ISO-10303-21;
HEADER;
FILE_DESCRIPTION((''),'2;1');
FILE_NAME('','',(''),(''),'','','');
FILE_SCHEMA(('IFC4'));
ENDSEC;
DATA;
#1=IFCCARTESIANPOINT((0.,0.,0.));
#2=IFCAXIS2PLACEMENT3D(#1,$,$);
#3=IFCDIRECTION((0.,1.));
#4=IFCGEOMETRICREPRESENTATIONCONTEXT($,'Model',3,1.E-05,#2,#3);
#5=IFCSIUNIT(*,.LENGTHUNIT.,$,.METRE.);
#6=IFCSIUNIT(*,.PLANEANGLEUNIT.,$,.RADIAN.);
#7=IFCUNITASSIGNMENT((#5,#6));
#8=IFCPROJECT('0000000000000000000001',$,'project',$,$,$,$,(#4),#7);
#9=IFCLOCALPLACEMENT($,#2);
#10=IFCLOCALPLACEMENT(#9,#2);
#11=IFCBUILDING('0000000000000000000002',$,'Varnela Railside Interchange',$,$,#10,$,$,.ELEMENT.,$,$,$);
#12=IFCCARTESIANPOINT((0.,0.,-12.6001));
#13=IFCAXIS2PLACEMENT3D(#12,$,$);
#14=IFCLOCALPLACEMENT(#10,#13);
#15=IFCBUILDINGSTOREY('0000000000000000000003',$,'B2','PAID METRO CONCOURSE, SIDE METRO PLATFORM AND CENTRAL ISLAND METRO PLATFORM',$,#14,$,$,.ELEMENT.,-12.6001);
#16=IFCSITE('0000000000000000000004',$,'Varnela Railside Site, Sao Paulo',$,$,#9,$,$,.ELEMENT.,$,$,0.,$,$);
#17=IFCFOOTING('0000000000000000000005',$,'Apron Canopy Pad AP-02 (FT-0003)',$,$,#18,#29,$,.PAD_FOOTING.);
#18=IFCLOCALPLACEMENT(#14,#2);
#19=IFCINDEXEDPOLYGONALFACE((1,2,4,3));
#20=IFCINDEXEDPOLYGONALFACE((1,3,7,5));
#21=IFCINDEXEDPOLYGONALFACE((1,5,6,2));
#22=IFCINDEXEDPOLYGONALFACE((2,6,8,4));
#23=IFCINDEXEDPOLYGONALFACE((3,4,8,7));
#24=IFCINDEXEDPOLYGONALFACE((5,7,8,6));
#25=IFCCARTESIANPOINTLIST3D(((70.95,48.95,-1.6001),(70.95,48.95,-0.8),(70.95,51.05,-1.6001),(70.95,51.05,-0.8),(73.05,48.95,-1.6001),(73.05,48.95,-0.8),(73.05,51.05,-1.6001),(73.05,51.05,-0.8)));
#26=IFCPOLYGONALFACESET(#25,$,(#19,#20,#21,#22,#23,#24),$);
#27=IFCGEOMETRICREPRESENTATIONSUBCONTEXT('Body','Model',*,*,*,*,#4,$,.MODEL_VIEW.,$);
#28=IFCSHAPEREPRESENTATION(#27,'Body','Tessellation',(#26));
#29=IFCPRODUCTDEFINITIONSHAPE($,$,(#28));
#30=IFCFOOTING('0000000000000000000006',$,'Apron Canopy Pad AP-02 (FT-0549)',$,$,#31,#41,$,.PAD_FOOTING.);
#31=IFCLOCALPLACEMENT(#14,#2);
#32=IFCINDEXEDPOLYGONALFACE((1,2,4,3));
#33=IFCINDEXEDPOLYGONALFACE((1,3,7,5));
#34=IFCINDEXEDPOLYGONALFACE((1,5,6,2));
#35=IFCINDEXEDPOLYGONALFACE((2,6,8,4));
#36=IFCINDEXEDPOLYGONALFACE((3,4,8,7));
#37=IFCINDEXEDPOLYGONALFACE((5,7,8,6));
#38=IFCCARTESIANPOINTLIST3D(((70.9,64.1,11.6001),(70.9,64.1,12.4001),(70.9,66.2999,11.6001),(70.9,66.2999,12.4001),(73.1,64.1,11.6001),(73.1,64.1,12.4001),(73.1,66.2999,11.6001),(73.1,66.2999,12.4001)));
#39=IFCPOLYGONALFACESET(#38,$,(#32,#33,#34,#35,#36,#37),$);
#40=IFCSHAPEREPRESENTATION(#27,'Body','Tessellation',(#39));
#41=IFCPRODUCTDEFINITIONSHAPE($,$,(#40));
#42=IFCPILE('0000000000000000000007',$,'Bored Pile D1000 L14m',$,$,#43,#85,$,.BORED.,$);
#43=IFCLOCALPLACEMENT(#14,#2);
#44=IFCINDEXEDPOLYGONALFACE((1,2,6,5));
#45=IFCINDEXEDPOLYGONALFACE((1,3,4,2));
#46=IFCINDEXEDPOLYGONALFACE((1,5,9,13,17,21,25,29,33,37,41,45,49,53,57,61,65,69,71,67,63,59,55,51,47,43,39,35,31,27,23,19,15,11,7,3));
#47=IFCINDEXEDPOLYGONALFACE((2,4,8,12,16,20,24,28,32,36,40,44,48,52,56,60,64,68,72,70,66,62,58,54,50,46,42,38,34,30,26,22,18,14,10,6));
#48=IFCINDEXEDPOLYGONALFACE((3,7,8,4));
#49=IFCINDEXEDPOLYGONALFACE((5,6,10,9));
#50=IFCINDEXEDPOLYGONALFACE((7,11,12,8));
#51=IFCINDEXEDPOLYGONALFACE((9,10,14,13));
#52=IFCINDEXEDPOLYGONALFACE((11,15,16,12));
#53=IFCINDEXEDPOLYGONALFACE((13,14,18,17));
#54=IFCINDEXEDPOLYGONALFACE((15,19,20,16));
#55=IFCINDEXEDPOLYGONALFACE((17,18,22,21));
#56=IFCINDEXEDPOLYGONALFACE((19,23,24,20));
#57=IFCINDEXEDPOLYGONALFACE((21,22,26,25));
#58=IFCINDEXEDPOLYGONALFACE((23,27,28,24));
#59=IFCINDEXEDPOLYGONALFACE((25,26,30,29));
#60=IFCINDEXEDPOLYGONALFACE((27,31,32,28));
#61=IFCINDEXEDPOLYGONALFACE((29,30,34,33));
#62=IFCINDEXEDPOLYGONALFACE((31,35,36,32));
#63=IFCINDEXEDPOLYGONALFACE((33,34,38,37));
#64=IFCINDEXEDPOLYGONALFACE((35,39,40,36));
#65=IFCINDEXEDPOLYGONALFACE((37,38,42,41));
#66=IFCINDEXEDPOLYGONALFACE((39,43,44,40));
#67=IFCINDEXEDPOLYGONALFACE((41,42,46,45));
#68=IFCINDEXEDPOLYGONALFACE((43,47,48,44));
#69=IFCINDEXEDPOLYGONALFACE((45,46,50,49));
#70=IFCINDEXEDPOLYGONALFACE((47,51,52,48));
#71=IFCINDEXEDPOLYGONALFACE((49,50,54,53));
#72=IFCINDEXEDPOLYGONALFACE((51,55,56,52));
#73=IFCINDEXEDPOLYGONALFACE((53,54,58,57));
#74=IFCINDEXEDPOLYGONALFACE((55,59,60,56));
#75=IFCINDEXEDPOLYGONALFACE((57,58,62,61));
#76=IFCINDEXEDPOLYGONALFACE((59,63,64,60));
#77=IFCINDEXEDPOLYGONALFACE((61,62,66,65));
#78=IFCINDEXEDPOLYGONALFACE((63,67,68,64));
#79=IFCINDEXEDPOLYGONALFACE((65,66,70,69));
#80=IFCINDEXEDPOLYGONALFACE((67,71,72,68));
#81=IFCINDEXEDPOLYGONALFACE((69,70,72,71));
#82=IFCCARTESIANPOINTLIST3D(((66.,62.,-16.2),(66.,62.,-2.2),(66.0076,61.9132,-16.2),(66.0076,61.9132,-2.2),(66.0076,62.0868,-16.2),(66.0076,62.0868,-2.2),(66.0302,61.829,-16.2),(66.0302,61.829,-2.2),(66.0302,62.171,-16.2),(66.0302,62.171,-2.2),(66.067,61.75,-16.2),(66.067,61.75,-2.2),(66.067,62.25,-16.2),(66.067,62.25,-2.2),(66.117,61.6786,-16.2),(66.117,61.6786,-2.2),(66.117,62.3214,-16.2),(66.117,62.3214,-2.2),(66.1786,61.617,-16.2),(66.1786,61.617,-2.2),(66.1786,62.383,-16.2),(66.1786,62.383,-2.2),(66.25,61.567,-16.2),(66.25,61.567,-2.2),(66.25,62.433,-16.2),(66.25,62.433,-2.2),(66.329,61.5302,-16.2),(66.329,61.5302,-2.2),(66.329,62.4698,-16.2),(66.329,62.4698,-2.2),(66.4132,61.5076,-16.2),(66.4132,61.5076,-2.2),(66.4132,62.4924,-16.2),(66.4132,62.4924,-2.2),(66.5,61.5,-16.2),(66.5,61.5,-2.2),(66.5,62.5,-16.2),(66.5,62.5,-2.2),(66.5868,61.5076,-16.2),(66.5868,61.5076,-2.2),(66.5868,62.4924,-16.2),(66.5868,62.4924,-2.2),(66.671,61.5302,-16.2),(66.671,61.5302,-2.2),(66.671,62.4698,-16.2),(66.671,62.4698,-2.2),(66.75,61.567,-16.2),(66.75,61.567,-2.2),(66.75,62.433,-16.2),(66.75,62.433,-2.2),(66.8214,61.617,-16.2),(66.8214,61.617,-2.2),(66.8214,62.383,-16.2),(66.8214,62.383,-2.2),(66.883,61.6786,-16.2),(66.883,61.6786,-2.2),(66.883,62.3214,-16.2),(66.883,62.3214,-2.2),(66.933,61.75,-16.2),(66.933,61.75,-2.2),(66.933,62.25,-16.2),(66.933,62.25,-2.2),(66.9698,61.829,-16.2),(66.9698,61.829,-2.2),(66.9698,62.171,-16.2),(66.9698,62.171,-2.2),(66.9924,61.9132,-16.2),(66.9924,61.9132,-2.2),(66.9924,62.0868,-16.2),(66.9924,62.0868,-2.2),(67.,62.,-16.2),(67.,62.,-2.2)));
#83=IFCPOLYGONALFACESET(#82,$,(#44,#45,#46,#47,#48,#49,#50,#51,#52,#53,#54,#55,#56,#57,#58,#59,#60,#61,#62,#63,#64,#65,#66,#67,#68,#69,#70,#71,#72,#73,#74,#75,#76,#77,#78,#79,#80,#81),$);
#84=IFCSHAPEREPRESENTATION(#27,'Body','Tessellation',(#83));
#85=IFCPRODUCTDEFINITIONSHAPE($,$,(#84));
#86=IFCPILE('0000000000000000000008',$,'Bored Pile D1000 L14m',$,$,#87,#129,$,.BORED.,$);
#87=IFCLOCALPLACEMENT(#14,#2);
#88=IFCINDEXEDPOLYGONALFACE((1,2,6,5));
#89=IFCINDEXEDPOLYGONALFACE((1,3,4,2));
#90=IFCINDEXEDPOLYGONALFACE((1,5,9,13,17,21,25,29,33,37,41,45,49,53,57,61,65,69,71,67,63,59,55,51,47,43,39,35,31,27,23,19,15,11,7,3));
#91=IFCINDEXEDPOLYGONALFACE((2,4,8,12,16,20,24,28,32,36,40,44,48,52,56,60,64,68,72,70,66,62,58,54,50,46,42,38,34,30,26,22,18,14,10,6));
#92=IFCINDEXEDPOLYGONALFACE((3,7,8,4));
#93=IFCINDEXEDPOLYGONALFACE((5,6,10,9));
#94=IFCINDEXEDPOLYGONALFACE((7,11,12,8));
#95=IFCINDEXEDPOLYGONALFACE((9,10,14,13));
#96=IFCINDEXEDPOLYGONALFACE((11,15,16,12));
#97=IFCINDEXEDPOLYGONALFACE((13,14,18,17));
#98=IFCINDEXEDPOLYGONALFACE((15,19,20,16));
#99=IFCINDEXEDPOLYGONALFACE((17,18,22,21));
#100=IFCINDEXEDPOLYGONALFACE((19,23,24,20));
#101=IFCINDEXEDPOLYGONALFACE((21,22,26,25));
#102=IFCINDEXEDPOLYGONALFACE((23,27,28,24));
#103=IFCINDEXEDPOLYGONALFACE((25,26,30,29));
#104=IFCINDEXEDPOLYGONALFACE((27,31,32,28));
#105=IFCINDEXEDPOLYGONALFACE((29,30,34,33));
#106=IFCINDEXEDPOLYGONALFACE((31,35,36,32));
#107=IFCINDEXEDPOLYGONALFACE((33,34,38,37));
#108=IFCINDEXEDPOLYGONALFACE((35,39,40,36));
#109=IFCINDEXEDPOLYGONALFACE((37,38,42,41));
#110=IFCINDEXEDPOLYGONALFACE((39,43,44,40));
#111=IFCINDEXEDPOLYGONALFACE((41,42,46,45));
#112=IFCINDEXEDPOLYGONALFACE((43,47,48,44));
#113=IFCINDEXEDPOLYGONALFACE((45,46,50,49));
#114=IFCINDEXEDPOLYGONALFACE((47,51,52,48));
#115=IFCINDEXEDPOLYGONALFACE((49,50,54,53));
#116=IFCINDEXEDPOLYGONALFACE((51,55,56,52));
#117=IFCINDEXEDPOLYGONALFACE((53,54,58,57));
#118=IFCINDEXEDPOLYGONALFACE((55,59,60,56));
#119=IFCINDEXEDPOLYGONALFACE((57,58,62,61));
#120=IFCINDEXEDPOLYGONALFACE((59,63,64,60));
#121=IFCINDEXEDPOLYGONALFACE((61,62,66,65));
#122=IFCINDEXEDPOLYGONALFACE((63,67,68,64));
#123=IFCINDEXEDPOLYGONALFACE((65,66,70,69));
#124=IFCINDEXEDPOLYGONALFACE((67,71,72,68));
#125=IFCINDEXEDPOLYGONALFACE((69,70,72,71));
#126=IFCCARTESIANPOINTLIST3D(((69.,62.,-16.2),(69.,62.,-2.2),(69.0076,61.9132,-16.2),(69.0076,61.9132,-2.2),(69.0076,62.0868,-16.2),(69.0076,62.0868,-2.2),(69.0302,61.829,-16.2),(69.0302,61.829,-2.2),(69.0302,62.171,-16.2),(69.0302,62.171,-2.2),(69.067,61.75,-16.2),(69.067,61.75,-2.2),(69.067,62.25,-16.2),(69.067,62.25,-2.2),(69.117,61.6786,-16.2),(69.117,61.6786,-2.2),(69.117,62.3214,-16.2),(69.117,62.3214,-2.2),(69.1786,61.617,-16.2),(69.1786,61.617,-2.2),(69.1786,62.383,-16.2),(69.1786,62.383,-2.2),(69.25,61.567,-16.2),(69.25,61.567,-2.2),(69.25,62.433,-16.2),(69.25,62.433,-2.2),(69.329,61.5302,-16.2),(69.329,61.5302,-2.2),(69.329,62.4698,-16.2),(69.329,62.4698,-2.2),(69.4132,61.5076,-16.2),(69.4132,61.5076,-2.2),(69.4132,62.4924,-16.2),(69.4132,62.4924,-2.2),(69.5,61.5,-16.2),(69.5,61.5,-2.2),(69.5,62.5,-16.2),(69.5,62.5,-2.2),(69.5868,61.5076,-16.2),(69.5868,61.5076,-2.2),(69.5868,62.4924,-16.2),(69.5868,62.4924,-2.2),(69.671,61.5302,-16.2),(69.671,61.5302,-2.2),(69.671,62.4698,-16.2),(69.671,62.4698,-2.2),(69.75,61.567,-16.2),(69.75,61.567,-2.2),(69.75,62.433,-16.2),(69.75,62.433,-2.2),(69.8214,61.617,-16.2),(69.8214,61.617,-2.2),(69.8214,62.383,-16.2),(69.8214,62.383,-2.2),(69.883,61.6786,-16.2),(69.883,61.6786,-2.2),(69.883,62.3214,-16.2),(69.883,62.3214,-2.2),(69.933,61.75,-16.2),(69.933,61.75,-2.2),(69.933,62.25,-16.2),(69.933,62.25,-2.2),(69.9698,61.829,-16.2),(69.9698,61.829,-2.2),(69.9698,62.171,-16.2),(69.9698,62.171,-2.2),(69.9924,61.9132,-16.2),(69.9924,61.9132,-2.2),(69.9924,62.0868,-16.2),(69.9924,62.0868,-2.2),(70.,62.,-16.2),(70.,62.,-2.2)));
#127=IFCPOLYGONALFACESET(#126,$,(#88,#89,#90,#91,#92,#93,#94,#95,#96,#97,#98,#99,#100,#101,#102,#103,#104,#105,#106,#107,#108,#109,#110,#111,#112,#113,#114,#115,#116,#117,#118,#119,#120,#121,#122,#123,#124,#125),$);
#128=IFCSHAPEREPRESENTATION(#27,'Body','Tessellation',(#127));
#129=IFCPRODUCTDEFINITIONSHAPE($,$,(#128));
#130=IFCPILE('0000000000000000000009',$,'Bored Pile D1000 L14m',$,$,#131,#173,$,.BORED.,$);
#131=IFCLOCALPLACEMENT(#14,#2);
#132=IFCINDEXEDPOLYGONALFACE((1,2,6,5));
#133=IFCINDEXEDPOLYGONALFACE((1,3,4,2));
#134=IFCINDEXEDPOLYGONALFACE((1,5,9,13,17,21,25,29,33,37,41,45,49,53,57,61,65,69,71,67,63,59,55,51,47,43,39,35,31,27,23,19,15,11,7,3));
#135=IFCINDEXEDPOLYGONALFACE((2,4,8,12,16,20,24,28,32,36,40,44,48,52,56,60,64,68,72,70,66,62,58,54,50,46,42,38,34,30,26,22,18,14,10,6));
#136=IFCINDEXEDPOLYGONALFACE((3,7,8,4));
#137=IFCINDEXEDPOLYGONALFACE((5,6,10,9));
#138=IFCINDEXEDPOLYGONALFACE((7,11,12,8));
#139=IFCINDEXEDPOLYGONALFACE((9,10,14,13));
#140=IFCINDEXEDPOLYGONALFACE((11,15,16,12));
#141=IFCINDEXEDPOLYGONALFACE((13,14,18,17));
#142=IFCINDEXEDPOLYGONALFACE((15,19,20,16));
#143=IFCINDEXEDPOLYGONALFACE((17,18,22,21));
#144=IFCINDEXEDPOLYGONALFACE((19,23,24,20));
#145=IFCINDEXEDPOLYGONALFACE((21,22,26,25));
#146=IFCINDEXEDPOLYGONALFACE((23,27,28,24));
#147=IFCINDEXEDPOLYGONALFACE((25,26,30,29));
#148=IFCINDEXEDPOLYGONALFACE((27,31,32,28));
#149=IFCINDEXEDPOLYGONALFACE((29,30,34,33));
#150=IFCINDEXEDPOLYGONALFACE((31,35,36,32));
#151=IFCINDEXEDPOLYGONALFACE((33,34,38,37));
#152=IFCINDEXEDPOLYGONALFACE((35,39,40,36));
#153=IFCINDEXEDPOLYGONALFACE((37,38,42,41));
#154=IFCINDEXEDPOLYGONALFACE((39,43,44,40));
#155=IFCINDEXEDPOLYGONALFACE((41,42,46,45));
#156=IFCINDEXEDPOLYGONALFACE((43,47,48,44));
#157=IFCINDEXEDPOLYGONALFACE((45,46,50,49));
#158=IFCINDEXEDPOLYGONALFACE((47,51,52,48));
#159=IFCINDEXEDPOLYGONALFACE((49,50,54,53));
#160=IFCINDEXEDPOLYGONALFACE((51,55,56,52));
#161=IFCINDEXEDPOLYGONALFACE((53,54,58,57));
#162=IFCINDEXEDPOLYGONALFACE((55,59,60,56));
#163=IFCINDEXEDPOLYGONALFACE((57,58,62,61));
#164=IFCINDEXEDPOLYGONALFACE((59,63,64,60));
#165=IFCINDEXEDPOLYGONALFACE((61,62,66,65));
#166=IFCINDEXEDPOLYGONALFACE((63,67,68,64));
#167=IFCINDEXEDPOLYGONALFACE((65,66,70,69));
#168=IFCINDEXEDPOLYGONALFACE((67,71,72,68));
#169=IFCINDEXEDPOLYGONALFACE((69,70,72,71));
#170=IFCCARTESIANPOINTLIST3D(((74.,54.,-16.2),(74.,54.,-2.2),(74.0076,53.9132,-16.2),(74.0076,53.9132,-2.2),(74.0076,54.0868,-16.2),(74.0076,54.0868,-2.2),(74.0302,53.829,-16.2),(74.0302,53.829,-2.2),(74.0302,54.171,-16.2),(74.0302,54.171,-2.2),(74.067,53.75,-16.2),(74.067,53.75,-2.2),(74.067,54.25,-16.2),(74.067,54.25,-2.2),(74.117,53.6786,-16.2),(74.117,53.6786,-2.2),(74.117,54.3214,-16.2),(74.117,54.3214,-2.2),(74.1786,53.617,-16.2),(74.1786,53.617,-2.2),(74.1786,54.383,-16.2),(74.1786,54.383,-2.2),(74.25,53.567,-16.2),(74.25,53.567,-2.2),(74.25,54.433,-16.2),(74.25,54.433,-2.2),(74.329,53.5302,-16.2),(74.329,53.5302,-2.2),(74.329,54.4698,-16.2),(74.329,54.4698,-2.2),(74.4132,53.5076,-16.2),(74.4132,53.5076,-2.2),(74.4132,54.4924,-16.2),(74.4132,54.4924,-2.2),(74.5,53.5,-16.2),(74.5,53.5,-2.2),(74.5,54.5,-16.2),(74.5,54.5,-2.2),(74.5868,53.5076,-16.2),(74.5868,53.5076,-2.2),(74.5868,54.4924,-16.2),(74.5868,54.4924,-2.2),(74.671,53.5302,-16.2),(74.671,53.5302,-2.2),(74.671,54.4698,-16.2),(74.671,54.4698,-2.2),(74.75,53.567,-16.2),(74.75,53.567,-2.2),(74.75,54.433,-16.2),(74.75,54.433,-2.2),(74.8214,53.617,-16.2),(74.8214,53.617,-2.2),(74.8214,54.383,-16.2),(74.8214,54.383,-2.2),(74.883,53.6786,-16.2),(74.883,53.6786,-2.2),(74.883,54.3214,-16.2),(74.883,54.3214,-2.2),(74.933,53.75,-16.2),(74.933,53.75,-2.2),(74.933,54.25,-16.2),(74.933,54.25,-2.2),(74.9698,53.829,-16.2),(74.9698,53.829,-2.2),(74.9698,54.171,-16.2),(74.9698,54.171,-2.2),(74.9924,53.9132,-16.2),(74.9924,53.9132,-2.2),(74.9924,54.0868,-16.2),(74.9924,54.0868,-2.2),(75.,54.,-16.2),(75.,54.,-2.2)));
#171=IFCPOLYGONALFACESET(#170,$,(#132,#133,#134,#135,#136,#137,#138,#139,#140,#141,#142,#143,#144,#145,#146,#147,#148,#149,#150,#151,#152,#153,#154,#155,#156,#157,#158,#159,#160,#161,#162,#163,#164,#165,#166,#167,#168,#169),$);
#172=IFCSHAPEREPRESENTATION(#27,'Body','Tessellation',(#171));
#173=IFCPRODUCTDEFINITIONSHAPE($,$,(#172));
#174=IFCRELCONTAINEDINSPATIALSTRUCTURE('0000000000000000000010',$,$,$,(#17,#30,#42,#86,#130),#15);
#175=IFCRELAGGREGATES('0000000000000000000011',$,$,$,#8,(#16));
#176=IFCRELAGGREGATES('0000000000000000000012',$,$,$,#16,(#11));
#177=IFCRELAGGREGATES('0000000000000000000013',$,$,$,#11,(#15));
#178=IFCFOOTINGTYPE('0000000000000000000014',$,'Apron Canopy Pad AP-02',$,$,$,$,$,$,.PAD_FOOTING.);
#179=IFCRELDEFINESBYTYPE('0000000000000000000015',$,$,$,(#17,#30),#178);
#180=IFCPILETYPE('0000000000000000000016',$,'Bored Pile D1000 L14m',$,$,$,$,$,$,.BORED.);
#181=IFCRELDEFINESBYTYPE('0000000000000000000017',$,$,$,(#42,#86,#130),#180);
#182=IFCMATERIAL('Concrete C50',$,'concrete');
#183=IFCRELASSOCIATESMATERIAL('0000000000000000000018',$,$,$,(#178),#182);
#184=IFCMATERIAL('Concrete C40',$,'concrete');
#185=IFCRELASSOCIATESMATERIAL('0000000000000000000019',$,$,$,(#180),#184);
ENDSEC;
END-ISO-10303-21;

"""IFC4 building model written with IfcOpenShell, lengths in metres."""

from ifc_helpers import new_model, si_unit, direction, frame, origin, origin_2d, place, context, subcontext, project, spatial, rectangle, circle, extrude, material, material_profile, profile_set, type_object, element, save


model = new_model("IFC4")

# Units and contexts
model_context = context("Model", 3, precision=1e-05, world=origin(), true_north=direction((0.0, 1.0)))
body_context = subcontext(model_context, "Body", "Model", "MODEL_VIEW")
ifc_project = project(units=[si_unit("LENGTHUNIT", "METRE"), si_unit("PLANEANGLEUNIT", "RADIAN")], contexts=[model_context])

# Site, building, storey
site_placement = place(None, origin())
site = spatial("IfcSite", under=ifc_project, at=site_placement, Name="Varnela Railside Site, Sao Paulo", CompositionType="ELEMENT", RefElevation=0.0)
building_placement = place(site_placement, origin())
building = spatial("IfcBuilding", under=site, at=building_placement, Name="Varnela Railside Interchange", CompositionType="ELEMENT")
storey_placement = place(building_placement, frame((0.0, 0.0, -12.6001)))
storey = spatial("IfcBuildingStorey", under=building, at=storey_placement, Name="B2", Description="PAID METRO CONCOURSE, SIDE METRO PLATFORM AND CENTRAL ISLAND METRO PLATFORM", CompositionType="ELEMENT", Elevation=-12.6001)

# Footings
ifc_material_1 = material(Name="Concrete C50", Category="concrete")
footing_type_1 = type_object("IfcFootingType", Name="Apron Canopy Pad AP-02", PredefinedType="PAD_FOOTING", material=ifc_material_1)
footing_1_placement = place(storey_placement, frame((72.0, 50.0, -1.6001), z_axis=(0.0, 0.0, 1.0), x_axis=(1.0, 0.0, 0.0)))
element("IfcFooting", 1, at=footing_1_placement, inside=storey, type_object=footing_type_1, Name="Apron Canopy Pad AP-02 (FT-0003)", PredefinedType="PAD_FOOTING", context=body_context, shape_type="SweptSolid", body=[
    extrude(rectangle(XDim=2.1001, YDim=2.1001, at=origin_2d()), origin(), (0.0, 0.0, 1.0), 0.8),
])
footing_2_placement = place(storey_placement, frame((72.0, 65.2, 11.6001), z_axis=(0.0, 0.0, 1.0), x_axis=(1.0, 0.0, 0.0)))
element("IfcFooting", 2, at=footing_2_placement, inside=storey, type_object=footing_type_1, Name="Apron Canopy Pad AP-02 (FT-0549)", PredefinedType="PAD_FOOTING", context=body_context, shape_type="SweptSolid", body=[
    extrude(rectangle(XDim=2.2, YDim=2.2, at=origin_2d()), origin(), (0.0, 0.0, 1.0), 0.8),
])

# Piles
ifc_material_2 = material(Name="Concrete C40", Category="concrete")
ifc_material_profile_1 = material_profile(ifc_material_2, circle(Radius=0.5, at=origin_2d()), Name="BORED PILE D1000")
ifc_profile_set_1 = profile_set([ifc_material_profile_1], Name="Concrete C40")
pile_type_1 = type_object("IfcPileType", Name="Bored Pile D1000 L14m", PredefinedType="BORED", material=ifc_profile_set_1)
for number, where, z_axis, x_axis, name in (
    (3, (66.5, 62.0, -2.2), (0.0, 0.0, -1.0), (1.0, 0.0, 0.0), "Bored Pile D1000 L14m"),
    (4, (69.5, 62.0, -2.2), (0.0, 0.0, -1.0), (1.0, 0.0, 0.0), "Bored Pile D1000 L14m"),
    (5, (74.5, 54.0, -2.2), (0.0, 0.0, -1.0), (1.0, 0.0, 0.0), "Bored Pile D1000 L14m"),
):
    element("IfcPile", number, at=place(storey_placement, frame(where, z_axis=z_axis, x_axis=x_axis)), inside=storey, type_object=pile_type_1, Name=name, PredefinedType="BORED", context=body_context, shape_type="SweptSolid", body=[
        extrude(circle(Radius=0.5, at=origin_2d()), origin(), (0.0, 0.0, 1.0), 14.0),
    ])

save(model, "model.ifc")
